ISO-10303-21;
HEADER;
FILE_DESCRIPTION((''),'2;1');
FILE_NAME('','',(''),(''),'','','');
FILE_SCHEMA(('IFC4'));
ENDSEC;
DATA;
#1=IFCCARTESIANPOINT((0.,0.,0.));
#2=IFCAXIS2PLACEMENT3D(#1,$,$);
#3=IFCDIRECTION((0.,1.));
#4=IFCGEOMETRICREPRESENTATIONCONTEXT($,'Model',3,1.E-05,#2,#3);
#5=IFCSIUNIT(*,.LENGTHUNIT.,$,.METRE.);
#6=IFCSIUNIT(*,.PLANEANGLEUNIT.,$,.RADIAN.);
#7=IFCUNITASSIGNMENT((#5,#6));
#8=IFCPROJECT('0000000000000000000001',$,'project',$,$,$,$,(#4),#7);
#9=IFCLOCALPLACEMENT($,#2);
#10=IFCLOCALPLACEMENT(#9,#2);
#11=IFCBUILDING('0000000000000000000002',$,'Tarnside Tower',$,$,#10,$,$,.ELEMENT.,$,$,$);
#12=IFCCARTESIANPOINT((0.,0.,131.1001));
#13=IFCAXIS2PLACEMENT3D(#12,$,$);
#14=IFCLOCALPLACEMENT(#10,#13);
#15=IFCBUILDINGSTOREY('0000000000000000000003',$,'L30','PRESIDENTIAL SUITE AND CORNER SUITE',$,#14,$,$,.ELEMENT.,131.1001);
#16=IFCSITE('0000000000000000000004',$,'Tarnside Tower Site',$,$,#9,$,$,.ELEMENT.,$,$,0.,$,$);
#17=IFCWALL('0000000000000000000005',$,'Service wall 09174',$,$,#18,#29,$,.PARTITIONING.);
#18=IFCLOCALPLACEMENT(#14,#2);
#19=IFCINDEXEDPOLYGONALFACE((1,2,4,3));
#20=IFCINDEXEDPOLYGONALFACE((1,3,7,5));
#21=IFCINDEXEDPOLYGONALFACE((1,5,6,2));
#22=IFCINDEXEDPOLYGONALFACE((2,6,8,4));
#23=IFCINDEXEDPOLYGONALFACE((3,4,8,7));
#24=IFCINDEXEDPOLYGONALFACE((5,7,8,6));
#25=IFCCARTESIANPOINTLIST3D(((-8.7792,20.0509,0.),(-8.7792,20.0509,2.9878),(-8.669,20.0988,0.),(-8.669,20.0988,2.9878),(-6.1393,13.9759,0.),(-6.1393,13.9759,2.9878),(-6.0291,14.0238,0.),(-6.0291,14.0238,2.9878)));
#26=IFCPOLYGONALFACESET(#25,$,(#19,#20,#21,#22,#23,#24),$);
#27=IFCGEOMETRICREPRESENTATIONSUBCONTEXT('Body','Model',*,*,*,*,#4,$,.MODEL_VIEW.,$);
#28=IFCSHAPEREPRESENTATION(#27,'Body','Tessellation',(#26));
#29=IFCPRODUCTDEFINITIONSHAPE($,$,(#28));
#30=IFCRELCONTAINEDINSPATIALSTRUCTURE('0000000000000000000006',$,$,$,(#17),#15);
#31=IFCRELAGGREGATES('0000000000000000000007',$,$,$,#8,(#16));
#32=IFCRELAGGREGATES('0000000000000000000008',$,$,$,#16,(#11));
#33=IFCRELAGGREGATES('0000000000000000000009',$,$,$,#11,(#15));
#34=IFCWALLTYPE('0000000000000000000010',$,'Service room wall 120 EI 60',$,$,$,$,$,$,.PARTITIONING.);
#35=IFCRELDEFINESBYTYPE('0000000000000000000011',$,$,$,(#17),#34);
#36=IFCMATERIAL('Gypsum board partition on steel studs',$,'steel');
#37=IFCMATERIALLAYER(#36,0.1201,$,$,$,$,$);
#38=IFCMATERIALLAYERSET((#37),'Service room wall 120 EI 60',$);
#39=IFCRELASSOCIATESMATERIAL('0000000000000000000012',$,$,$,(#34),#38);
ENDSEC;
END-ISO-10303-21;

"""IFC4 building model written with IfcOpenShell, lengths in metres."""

from ifc_helpers import new_model, si_unit, direction, frame, frame_2d, origin, place, context, subcontext, project, spatial, rectangle, extrude, material, layer, layer_set, type_object, element, save


model = new_model("IFC4")

# Units and contexts
model_context = context("Model", 3, precision=1e-05, world=origin(), true_north=direction((0.0, 1.0)))
body_context = subcontext(model_context, "Body", "Model", "MODEL_VIEW")
ifc_project = project(units=[si_unit("LENGTHUNIT", "METRE"), si_unit("PLANEANGLEUNIT", "RADIAN")], contexts=[model_context])

# Site, building, storey
site_placement = place(None, origin())
site = spatial("IfcSite", under=ifc_project, at=site_placement, Name="Tarnside Tower Site", CompositionType="ELEMENT", RefElevation=0.0)
building_placement = place(site_placement, origin())
building = spatial("IfcBuilding", under=site, at=building_placement, Name="Tarnside Tower", CompositionType="ELEMENT")
storey_placement = place(building_placement, frame((0.0, 0.0, 131.1001)))
storey = spatial("IfcBuildingStorey", under=building, at=storey_placement, Name="L30", Description="PRESIDENTIAL SUITE AND CORNER SUITE", CompositionType="ELEMENT", Elevation=131.1001)

# Shared definitions
ifc_material_1 = material(Name="Gypsum board partition on steel studs", Category="steel")

# Wall
ifc_layer_1 = layer(ifc_material_1, 0.1201)
ifc_layer_set_1 = layer_set([ifc_layer_1], Name="Service room wall 120 EI 60")
wall_type_1 = type_object("IfcWallType", Name="Service room wall 120 EI 60", PredefinedType="PARTITIONING", material=ifc_layer_set_1)
wall_1_placement = place(storey_placement, frame((-8.7241, 20.075, 0.0), z_axis=(0.0, 0.0, 1.0), x_axis=(0.39855, -0.917147, 0.0)))
element("IfcWall", 1, at=wall_1_placement, inside=storey, type_object=wall_type_1, Name="Service wall 09174", PredefinedType="PARTITIONING", context=body_context, shape_type="SweptSolid", body=[
    extrude(rectangle(XDim=6.6238, YDim=0.1201, at=frame_2d((3.312, 0.0))), origin(), (0.0, 0.0, 1.0), 2.9878),
])

save(model, "model.ifc")
